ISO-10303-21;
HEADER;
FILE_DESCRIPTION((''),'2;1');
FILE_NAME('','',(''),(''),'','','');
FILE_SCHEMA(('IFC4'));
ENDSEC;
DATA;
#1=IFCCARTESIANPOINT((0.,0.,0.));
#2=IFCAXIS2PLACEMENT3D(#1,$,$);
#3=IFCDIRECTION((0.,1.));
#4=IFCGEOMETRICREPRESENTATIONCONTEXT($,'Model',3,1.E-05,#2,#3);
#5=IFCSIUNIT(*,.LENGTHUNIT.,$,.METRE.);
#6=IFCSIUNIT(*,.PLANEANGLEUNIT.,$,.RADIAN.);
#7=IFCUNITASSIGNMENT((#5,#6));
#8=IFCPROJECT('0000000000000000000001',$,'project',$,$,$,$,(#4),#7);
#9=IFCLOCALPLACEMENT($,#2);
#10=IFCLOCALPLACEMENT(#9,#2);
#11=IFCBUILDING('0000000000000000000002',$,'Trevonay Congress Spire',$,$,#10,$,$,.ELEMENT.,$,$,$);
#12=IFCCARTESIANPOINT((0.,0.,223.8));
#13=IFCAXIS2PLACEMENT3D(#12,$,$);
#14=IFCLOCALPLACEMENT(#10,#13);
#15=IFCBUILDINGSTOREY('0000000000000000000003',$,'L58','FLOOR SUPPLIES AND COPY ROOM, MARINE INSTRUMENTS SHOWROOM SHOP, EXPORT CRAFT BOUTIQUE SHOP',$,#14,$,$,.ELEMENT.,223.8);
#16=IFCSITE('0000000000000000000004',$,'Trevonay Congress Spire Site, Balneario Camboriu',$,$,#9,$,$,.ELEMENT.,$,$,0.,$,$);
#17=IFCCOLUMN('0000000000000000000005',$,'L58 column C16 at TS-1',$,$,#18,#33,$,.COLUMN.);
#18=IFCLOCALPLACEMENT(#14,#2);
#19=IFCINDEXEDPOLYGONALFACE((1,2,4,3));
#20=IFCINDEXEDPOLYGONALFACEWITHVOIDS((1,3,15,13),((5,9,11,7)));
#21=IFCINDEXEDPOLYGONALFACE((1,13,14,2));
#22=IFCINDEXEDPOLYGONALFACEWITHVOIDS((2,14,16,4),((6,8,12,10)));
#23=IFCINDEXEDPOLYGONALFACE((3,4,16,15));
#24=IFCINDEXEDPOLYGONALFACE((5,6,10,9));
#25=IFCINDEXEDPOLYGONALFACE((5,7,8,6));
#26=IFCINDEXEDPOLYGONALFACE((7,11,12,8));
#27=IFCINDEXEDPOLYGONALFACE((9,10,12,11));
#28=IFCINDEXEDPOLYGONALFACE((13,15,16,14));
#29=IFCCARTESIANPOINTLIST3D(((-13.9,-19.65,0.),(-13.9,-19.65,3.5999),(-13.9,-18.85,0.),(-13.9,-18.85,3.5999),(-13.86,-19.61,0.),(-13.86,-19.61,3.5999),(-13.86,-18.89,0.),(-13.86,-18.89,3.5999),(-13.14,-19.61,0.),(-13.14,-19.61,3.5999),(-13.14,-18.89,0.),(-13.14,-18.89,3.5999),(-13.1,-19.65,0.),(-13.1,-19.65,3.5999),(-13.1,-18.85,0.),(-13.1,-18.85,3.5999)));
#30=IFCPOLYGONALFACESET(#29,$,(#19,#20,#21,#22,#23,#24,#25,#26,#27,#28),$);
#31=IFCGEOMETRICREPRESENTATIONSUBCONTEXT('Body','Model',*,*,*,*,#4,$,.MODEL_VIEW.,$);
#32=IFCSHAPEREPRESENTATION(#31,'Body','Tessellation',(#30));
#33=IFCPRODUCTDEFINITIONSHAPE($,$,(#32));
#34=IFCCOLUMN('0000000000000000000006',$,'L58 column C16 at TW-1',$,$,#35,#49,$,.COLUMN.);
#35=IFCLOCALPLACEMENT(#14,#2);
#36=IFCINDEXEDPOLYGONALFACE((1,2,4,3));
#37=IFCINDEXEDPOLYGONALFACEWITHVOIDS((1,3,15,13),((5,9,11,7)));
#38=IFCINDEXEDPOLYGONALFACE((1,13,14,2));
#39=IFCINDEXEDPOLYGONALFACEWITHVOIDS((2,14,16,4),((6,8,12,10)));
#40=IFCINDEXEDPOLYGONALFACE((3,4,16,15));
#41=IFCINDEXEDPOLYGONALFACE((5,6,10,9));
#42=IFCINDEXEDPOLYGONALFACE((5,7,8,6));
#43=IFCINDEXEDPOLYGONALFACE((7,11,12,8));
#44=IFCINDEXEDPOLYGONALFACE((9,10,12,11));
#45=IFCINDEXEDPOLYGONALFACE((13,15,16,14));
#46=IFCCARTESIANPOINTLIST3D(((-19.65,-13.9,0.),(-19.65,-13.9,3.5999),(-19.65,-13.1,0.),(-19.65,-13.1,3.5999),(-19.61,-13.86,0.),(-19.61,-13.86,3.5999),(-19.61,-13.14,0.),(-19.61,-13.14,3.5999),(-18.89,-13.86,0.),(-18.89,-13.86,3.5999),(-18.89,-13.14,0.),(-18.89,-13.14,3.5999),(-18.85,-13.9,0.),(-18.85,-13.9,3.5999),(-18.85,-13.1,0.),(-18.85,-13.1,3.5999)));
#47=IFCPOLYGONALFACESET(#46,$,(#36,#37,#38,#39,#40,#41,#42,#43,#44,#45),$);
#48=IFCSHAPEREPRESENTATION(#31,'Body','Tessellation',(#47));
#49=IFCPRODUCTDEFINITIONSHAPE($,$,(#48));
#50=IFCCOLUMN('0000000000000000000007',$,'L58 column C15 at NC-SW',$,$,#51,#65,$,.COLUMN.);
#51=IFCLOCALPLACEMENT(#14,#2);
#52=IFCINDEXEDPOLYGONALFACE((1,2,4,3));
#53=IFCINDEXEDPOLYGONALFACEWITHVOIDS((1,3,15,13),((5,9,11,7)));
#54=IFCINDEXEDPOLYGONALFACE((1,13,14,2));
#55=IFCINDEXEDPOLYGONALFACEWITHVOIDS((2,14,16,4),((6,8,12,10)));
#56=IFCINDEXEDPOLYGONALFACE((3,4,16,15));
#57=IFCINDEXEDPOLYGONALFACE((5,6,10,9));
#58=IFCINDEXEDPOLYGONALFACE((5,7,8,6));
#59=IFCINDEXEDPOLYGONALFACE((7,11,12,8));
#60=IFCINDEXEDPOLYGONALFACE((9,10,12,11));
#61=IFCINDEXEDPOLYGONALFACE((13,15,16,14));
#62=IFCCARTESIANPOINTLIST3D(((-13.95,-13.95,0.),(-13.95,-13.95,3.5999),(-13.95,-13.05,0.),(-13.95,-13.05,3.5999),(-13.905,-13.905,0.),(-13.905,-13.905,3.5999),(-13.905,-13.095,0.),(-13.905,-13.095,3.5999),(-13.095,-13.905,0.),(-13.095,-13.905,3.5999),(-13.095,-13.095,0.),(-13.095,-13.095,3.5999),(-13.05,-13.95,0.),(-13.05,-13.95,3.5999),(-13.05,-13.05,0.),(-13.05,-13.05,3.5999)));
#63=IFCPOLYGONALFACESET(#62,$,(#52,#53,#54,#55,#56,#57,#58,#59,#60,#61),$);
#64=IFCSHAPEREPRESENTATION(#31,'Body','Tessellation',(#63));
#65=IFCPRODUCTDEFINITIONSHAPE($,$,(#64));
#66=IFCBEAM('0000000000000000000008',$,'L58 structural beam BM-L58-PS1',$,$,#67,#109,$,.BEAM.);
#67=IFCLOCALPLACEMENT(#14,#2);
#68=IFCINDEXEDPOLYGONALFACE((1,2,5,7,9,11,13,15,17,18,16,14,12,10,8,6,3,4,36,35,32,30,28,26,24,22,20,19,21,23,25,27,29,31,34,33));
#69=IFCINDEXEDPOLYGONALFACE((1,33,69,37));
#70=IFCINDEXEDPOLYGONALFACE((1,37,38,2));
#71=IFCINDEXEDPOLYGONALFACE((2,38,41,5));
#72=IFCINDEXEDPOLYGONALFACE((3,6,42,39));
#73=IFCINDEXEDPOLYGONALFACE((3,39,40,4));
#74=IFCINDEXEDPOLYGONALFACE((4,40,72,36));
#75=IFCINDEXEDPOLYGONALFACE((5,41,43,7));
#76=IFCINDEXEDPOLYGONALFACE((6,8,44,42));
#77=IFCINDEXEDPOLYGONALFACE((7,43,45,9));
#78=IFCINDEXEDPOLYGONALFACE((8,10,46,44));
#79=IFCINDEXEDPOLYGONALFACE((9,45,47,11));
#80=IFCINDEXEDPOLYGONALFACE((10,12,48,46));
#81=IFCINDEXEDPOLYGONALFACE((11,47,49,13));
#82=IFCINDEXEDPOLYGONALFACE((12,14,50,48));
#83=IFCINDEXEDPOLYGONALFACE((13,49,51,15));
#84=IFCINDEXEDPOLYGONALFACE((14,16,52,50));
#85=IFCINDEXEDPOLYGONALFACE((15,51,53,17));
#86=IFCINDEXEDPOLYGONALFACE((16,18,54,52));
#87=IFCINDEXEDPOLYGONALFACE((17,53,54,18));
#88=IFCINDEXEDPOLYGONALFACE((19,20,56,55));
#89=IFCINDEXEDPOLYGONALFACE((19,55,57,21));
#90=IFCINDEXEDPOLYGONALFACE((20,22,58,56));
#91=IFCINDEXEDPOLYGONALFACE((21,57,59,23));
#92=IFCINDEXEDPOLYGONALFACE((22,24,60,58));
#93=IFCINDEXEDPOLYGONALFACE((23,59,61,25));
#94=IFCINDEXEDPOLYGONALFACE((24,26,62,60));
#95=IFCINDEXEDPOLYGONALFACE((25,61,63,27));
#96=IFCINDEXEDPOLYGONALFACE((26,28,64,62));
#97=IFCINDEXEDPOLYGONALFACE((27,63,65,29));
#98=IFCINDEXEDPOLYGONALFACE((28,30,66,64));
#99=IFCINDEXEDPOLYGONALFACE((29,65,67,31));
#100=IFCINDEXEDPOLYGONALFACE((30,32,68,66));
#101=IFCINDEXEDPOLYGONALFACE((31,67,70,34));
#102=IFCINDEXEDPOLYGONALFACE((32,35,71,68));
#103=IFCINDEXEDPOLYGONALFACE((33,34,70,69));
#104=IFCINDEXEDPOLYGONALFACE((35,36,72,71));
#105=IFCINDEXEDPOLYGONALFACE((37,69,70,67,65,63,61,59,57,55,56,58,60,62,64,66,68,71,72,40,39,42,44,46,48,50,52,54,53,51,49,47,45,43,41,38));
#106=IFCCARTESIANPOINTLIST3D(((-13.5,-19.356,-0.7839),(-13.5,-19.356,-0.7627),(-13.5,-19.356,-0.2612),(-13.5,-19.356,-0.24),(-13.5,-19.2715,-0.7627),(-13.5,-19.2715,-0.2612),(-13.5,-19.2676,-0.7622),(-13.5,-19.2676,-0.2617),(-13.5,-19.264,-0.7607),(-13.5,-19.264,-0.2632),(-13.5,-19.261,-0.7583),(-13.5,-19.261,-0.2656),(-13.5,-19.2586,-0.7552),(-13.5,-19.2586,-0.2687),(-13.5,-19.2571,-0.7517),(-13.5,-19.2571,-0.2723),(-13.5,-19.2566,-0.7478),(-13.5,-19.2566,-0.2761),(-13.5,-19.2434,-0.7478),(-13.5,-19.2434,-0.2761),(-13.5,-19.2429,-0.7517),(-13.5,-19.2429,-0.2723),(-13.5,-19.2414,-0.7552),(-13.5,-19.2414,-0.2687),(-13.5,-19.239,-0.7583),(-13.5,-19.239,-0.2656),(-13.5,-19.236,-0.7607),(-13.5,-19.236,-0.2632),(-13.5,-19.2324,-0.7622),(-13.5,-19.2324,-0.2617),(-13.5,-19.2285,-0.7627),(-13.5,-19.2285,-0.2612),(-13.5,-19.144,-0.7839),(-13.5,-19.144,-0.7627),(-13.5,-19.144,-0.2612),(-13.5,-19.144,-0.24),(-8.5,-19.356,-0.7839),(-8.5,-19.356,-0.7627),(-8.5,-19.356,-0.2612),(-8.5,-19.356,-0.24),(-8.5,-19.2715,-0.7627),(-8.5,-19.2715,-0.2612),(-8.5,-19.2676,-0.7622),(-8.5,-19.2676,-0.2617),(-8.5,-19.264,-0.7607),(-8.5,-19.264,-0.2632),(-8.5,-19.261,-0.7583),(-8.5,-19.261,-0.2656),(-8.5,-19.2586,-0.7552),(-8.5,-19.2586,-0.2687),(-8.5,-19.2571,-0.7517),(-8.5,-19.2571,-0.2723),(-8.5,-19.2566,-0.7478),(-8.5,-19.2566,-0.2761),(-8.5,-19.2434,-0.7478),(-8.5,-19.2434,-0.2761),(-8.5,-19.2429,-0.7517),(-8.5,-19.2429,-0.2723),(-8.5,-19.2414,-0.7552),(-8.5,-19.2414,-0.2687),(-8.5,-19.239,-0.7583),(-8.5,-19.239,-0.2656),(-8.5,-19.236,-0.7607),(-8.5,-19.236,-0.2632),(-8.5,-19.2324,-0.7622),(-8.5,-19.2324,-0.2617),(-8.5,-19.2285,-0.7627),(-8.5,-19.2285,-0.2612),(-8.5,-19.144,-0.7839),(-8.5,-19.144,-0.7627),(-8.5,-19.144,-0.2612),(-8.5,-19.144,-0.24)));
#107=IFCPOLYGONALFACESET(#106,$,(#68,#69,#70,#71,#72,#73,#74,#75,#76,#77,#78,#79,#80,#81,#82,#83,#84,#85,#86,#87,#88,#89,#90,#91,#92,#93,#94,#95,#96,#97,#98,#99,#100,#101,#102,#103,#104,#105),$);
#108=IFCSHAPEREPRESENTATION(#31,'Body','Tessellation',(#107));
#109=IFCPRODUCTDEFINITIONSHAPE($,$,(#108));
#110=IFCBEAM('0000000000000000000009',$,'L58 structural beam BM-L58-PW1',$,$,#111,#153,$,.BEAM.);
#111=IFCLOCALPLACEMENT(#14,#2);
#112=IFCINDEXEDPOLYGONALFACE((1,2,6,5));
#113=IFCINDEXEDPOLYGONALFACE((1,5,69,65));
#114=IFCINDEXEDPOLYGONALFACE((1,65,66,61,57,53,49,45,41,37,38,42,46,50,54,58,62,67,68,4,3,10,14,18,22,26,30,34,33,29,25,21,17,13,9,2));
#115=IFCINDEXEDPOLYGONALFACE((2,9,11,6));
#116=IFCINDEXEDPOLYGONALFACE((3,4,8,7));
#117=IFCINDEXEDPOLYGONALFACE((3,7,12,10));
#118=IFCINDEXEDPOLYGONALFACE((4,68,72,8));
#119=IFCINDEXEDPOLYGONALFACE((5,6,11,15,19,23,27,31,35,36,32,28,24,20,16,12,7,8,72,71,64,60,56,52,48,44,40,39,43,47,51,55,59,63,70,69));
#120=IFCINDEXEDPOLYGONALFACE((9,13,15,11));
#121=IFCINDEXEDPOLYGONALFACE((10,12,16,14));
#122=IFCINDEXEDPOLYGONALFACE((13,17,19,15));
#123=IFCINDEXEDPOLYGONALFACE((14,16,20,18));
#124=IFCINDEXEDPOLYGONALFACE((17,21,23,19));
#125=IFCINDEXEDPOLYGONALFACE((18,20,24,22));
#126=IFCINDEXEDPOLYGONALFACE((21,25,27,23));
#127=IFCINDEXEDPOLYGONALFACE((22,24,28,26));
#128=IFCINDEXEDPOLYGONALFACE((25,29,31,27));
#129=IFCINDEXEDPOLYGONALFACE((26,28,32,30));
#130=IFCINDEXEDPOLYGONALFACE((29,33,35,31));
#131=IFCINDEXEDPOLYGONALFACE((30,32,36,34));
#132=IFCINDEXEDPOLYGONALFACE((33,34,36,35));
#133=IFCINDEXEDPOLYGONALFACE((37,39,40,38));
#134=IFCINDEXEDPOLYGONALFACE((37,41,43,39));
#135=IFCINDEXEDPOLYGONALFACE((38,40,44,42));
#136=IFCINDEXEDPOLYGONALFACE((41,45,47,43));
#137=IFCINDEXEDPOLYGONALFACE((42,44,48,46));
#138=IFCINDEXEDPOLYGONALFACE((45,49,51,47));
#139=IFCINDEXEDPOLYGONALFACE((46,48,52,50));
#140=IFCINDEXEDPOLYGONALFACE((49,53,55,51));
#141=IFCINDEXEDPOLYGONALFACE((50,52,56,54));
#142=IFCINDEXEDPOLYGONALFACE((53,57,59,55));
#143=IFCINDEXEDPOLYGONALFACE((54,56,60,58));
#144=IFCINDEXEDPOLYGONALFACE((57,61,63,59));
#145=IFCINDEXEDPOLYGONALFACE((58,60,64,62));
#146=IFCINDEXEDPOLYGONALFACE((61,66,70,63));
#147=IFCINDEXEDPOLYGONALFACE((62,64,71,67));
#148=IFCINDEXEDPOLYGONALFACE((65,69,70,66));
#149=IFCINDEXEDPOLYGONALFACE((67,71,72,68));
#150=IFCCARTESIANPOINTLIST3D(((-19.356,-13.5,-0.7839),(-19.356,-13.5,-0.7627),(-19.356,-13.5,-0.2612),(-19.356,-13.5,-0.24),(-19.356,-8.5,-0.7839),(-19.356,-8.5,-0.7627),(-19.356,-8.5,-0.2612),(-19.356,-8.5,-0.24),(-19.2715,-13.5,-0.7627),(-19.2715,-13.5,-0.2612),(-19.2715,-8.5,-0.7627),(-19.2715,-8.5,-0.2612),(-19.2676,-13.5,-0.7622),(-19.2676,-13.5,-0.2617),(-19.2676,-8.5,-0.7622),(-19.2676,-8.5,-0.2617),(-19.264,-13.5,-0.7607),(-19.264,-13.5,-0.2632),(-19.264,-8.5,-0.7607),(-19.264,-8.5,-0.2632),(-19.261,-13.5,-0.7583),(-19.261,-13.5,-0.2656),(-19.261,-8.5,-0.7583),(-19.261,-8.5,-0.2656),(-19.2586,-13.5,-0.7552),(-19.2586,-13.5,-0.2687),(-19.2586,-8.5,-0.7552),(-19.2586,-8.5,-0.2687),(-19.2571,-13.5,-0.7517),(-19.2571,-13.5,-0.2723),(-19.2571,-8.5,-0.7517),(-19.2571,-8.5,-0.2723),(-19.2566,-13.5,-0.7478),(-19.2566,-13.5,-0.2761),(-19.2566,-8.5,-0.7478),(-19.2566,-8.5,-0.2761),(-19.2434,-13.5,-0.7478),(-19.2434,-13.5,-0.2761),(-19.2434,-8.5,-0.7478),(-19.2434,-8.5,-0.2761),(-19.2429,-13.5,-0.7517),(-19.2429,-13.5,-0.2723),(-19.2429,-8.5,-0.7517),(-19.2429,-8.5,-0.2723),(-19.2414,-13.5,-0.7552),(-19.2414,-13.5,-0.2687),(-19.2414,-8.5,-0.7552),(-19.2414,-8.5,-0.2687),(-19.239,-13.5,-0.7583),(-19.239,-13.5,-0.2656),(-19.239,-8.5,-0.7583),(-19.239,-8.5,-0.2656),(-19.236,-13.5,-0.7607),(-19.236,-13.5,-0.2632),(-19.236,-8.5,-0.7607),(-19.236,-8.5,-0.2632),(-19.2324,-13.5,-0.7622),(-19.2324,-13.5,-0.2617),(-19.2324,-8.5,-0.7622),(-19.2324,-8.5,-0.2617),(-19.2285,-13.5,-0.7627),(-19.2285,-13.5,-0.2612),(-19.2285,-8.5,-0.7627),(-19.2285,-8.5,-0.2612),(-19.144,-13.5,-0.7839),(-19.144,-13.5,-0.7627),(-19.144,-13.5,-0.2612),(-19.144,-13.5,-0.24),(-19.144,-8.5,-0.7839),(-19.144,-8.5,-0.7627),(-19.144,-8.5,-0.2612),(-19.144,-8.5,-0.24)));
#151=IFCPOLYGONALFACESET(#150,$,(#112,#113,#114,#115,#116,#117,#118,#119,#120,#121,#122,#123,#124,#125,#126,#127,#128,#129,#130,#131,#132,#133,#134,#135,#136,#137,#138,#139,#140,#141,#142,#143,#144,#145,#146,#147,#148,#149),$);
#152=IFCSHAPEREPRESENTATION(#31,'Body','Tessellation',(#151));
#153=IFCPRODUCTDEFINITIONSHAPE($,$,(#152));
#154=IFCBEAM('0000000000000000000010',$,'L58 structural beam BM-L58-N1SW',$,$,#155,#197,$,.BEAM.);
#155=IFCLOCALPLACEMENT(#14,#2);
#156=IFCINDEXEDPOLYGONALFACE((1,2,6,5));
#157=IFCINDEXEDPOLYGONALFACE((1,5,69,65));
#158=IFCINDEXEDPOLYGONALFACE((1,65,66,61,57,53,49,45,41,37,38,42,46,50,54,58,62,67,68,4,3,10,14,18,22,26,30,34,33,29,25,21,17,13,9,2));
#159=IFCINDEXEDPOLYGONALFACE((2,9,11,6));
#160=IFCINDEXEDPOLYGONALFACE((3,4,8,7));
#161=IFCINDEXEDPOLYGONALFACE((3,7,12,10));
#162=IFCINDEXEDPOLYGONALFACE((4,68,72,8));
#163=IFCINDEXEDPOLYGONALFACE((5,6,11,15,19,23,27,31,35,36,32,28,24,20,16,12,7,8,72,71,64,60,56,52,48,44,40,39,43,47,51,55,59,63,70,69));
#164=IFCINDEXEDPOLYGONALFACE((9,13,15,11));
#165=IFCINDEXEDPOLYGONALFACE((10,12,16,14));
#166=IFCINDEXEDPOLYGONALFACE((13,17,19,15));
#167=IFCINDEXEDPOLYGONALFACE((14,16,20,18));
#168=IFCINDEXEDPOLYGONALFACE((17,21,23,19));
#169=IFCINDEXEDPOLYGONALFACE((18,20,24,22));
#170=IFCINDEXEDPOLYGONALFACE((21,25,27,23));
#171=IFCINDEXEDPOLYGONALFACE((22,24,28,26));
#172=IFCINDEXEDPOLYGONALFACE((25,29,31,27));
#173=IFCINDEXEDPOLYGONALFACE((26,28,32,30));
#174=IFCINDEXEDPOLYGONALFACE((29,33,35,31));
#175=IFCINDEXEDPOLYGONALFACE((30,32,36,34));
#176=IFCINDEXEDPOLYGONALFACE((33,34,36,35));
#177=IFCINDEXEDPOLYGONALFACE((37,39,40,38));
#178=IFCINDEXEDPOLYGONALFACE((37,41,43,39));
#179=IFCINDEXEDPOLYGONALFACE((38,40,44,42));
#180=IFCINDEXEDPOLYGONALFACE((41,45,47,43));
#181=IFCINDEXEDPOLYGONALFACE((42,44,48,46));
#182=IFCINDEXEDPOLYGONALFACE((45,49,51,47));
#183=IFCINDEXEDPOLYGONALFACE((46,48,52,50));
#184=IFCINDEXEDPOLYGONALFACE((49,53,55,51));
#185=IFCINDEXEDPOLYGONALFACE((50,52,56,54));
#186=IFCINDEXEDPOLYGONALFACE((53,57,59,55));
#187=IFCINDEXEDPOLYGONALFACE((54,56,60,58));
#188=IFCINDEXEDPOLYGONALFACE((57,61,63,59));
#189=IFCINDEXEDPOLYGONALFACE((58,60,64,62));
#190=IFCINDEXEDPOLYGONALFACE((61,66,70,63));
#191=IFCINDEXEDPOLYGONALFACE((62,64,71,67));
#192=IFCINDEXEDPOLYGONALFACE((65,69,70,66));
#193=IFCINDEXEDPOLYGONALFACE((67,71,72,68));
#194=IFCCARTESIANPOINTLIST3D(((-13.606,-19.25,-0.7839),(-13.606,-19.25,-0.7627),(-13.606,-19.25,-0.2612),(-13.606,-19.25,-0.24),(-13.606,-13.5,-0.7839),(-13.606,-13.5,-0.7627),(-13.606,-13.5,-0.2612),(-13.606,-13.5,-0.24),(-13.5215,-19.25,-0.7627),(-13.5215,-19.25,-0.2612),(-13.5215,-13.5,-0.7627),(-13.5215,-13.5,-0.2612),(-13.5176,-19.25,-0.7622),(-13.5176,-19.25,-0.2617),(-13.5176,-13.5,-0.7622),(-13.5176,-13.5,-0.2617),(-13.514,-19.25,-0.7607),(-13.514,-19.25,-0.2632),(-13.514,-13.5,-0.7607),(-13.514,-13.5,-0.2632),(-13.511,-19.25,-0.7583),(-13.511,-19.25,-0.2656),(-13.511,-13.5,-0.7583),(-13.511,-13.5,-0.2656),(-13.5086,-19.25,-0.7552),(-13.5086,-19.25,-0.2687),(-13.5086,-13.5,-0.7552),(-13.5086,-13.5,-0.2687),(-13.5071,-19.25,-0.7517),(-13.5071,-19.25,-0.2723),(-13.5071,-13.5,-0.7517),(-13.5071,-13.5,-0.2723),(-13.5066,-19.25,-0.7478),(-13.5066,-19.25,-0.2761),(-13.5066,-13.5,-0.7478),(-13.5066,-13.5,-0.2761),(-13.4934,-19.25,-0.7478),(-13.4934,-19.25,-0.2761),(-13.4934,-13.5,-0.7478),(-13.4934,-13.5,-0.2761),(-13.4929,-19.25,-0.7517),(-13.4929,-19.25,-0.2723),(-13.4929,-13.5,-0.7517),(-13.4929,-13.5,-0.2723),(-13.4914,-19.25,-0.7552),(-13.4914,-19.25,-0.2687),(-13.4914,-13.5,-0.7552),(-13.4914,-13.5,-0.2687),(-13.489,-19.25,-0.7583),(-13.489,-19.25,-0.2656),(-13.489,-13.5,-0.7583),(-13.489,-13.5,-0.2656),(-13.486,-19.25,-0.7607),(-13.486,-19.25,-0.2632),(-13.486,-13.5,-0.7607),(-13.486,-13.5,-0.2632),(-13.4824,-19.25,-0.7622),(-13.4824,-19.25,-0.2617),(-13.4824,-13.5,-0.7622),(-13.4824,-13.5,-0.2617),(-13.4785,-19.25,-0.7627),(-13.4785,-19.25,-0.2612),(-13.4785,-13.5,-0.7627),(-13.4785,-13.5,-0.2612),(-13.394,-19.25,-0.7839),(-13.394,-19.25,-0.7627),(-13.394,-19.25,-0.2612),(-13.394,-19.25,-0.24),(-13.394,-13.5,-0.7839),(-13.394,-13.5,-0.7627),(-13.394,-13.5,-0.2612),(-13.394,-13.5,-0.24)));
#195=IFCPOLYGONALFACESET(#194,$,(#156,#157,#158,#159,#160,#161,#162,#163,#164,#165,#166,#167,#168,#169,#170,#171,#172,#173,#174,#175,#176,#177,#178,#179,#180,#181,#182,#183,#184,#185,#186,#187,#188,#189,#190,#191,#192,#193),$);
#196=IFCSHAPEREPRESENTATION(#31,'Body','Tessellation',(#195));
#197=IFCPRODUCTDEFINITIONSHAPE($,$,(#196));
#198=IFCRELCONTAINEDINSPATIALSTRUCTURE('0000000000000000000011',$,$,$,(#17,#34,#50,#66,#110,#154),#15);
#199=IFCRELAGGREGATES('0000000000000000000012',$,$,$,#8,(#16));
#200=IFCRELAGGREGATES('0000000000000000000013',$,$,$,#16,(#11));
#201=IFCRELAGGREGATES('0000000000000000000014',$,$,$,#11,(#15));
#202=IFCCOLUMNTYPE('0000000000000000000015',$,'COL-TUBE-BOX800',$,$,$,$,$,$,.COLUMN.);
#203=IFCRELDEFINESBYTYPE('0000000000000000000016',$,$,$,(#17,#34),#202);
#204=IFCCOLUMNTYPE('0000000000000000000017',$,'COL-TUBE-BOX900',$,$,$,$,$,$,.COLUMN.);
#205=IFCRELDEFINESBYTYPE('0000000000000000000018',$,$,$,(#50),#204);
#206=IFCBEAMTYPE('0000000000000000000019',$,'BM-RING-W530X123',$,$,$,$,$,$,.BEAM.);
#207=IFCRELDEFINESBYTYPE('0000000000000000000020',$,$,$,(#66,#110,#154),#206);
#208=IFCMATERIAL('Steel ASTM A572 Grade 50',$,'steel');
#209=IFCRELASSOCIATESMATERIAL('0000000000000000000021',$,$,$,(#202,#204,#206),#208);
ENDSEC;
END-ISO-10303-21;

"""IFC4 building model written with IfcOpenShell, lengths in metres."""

from ifc_helpers import new_model, si_unit, direction, frame, origin, origin_2d, place, context, subcontext, project, spatial, hollow_rectangle, i_section, extrude, material, material_profile, profile_set, type_object, element, save


model = new_model("IFC4")

# Units and contexts
model_context = context("Model", 3, precision=1e-05, world=origin(), true_north=direction((0.0, 1.0)))
body_context = subcontext(model_context, "Body", "Model", "MODEL_VIEW")
ifc_project = project(units=[si_unit("LENGTHUNIT", "METRE"), si_unit("PLANEANGLEUNIT", "RADIAN")], contexts=[model_context])

# Site, building, storey
site_placement = place(None, origin())
site = spatial("IfcSite", under=ifc_project, at=site_placement, Name="Trevonay Congress Spire Site, Balneario Camboriu", CompositionType="ELEMENT", RefElevation=0.0)
building_placement = place(site_placement, origin())
building = spatial("IfcBuilding", under=site, at=building_placement, Name="Trevonay Congress Spire", CompositionType="ELEMENT")
storey_placement = place(building_placement, frame((0.0, 0.0, 223.8)))
storey = spatial("IfcBuildingStorey", under=building, at=storey_placement, Name="L58", Description="FLOOR SUPPLIES AND COPY ROOM, MARINE INSTRUMENTS SHOWROOM SHOP, EXPORT CRAFT BOUTIQUE SHOP", CompositionType="ELEMENT", Elevation=223.8)

# Columns
ifc_material_1 = material(Name="Steel ASTM A572 Grade 50", Category="steel")
ifc_material_profile_1 = material_profile(ifc_material_1, hollow_rectangle(XDim=0.8, YDim=0.8, WallThickness=0.04, at=origin_2d()), Name="BOX 800x800x40")
ifc_profile_set_1 = profile_set([ifc_material_profile_1], Name="Steel ASTM A572 Grade 50")
column_type_1 = type_object("IfcColumnType", Name="COL-TUBE-BOX800", PredefinedType="COLUMN", material=ifc_profile_set_1)
for number, where, z_axis, x_axis, name in (
    (1, (-13.5, -19.25, 0.0), (0.0, 0.0, 1.0), (1.0, 0.0, 0.0), "L58 column C16 at TS-1"),
    (2, (-19.25, -13.5, 0.0), (0.0, 0.0, 1.0), (1.0, 0.0, 0.0), "L58 column C16 at TW-1"),
):
    element("IfcColumn", number, at=place(storey_placement, frame(where, z_axis=z_axis, x_axis=x_axis)), inside=storey, type_object=column_type_1, Name=name, PredefinedType="COLUMN", context=body_context, shape_type="SweptSolid", body=[
        extrude(hollow_rectangle(XDim=0.8, YDim=0.8, WallThickness=0.04, at=origin_2d()), origin(), (0.0, 0.0, 1.0), 3.5999),
    ])
ifc_material_profile_2 = material_profile(ifc_material_1, hollow_rectangle(XDim=0.8999, YDim=0.8999, WallThickness=0.0449, at=origin_2d()), Name="BOX 900x900x45")
ifc_profile_set_2 = profile_set([ifc_material_profile_2], Name="Steel ASTM A572 Grade 50")
column_type_2 = type_object("IfcColumnType", Name="COL-TUBE-BOX900", PredefinedType="COLUMN", material=ifc_profile_set_2)
column_placement = place(storey_placement, frame((-13.5, -13.5, 0.0), z_axis=(0.0, 0.0, 1.0), x_axis=(1.0, 0.0, 0.0)))
element("IfcColumn", 3, at=column_placement, inside=storey, type_object=column_type_2, Name="L58 column C15 at NC-SW", PredefinedType="COLUMN", context=body_context, shape_type="SweptSolid", body=[
    extrude(hollow_rectangle(XDim=0.8999, YDim=0.8999, WallThickness=0.0449, at=origin_2d()), origin(), (0.0, 0.0, 1.0), 3.5999),
])

# Beams
ifc_material_profile_3 = material_profile(ifc_material_1, i_section(OverallWidth=0.2119, OverallDepth=0.5439, WebThickness=0.0132, FlangeThickness=0.0212, FilletRadius=0.0149, at=origin_2d()), Name="W530x123")
ifc_profile_set_3 = profile_set([ifc_material_profile_3], Name="Steel ASTM A572 Grade 50")
beam_type = type_object("IfcBeamType", Name="BM-RING-W530X123", PredefinedType="BEAM", material=ifc_profile_set_3)
for number, where, z_axis, x_axis, name in (
    (4, (-13.5, -19.25, -0.512), (1.0, 0.0, 0.0), (0.0, 1.0, 0.0), "L58 structural beam BM-L58-PS1"),
    (5, (-19.25, -13.5, -0.512), (0.0, 1.0, 0.0), (-1.0, 0.0, 0.0), "L58 structural beam BM-L58-PW1"),
):
    element("IfcBeam", number, at=place(storey_placement, frame(where, z_axis=z_axis, x_axis=x_axis)), inside=storey, type_object=beam_type, Name=name, PredefinedType="BEAM", context=body_context, shape_type="SweptSolid", body=[
        extrude(i_section(OverallWidth=0.2119, OverallDepth=0.5439, WebThickness=0.0132, FlangeThickness=0.0212, FilletRadius=0.0149, at=origin_2d()), origin(), (0.0, 0.0, 1.0), 5.0),
    ])
for number, where, z_axis, x_axis, name in (
    (6, (-13.5, -19.25, -0.512), (0.0, 1.0, 0.0), (-1.0, 0.0, 0.0), "L58 structural beam BM-L58-N1SW"),
):
    element("IfcBeam", number, at=place(storey_placement, frame(where, z_axis=z_axis, x_axis=x_axis)), inside=storey, type_object=beam_type, Name=name, PredefinedType="BEAM", context=body_context, shape_type="SweptSolid", body=[
        extrude(i_section(OverallWidth=0.2119, OverallDepth=0.5439, WebThickness=0.0132, FlangeThickness=0.0212, FilletRadius=0.0149, at=origin_2d()), origin(), (0.0, 0.0, 1.0), 5.75),
    ])

save(model, "model.ifc")
